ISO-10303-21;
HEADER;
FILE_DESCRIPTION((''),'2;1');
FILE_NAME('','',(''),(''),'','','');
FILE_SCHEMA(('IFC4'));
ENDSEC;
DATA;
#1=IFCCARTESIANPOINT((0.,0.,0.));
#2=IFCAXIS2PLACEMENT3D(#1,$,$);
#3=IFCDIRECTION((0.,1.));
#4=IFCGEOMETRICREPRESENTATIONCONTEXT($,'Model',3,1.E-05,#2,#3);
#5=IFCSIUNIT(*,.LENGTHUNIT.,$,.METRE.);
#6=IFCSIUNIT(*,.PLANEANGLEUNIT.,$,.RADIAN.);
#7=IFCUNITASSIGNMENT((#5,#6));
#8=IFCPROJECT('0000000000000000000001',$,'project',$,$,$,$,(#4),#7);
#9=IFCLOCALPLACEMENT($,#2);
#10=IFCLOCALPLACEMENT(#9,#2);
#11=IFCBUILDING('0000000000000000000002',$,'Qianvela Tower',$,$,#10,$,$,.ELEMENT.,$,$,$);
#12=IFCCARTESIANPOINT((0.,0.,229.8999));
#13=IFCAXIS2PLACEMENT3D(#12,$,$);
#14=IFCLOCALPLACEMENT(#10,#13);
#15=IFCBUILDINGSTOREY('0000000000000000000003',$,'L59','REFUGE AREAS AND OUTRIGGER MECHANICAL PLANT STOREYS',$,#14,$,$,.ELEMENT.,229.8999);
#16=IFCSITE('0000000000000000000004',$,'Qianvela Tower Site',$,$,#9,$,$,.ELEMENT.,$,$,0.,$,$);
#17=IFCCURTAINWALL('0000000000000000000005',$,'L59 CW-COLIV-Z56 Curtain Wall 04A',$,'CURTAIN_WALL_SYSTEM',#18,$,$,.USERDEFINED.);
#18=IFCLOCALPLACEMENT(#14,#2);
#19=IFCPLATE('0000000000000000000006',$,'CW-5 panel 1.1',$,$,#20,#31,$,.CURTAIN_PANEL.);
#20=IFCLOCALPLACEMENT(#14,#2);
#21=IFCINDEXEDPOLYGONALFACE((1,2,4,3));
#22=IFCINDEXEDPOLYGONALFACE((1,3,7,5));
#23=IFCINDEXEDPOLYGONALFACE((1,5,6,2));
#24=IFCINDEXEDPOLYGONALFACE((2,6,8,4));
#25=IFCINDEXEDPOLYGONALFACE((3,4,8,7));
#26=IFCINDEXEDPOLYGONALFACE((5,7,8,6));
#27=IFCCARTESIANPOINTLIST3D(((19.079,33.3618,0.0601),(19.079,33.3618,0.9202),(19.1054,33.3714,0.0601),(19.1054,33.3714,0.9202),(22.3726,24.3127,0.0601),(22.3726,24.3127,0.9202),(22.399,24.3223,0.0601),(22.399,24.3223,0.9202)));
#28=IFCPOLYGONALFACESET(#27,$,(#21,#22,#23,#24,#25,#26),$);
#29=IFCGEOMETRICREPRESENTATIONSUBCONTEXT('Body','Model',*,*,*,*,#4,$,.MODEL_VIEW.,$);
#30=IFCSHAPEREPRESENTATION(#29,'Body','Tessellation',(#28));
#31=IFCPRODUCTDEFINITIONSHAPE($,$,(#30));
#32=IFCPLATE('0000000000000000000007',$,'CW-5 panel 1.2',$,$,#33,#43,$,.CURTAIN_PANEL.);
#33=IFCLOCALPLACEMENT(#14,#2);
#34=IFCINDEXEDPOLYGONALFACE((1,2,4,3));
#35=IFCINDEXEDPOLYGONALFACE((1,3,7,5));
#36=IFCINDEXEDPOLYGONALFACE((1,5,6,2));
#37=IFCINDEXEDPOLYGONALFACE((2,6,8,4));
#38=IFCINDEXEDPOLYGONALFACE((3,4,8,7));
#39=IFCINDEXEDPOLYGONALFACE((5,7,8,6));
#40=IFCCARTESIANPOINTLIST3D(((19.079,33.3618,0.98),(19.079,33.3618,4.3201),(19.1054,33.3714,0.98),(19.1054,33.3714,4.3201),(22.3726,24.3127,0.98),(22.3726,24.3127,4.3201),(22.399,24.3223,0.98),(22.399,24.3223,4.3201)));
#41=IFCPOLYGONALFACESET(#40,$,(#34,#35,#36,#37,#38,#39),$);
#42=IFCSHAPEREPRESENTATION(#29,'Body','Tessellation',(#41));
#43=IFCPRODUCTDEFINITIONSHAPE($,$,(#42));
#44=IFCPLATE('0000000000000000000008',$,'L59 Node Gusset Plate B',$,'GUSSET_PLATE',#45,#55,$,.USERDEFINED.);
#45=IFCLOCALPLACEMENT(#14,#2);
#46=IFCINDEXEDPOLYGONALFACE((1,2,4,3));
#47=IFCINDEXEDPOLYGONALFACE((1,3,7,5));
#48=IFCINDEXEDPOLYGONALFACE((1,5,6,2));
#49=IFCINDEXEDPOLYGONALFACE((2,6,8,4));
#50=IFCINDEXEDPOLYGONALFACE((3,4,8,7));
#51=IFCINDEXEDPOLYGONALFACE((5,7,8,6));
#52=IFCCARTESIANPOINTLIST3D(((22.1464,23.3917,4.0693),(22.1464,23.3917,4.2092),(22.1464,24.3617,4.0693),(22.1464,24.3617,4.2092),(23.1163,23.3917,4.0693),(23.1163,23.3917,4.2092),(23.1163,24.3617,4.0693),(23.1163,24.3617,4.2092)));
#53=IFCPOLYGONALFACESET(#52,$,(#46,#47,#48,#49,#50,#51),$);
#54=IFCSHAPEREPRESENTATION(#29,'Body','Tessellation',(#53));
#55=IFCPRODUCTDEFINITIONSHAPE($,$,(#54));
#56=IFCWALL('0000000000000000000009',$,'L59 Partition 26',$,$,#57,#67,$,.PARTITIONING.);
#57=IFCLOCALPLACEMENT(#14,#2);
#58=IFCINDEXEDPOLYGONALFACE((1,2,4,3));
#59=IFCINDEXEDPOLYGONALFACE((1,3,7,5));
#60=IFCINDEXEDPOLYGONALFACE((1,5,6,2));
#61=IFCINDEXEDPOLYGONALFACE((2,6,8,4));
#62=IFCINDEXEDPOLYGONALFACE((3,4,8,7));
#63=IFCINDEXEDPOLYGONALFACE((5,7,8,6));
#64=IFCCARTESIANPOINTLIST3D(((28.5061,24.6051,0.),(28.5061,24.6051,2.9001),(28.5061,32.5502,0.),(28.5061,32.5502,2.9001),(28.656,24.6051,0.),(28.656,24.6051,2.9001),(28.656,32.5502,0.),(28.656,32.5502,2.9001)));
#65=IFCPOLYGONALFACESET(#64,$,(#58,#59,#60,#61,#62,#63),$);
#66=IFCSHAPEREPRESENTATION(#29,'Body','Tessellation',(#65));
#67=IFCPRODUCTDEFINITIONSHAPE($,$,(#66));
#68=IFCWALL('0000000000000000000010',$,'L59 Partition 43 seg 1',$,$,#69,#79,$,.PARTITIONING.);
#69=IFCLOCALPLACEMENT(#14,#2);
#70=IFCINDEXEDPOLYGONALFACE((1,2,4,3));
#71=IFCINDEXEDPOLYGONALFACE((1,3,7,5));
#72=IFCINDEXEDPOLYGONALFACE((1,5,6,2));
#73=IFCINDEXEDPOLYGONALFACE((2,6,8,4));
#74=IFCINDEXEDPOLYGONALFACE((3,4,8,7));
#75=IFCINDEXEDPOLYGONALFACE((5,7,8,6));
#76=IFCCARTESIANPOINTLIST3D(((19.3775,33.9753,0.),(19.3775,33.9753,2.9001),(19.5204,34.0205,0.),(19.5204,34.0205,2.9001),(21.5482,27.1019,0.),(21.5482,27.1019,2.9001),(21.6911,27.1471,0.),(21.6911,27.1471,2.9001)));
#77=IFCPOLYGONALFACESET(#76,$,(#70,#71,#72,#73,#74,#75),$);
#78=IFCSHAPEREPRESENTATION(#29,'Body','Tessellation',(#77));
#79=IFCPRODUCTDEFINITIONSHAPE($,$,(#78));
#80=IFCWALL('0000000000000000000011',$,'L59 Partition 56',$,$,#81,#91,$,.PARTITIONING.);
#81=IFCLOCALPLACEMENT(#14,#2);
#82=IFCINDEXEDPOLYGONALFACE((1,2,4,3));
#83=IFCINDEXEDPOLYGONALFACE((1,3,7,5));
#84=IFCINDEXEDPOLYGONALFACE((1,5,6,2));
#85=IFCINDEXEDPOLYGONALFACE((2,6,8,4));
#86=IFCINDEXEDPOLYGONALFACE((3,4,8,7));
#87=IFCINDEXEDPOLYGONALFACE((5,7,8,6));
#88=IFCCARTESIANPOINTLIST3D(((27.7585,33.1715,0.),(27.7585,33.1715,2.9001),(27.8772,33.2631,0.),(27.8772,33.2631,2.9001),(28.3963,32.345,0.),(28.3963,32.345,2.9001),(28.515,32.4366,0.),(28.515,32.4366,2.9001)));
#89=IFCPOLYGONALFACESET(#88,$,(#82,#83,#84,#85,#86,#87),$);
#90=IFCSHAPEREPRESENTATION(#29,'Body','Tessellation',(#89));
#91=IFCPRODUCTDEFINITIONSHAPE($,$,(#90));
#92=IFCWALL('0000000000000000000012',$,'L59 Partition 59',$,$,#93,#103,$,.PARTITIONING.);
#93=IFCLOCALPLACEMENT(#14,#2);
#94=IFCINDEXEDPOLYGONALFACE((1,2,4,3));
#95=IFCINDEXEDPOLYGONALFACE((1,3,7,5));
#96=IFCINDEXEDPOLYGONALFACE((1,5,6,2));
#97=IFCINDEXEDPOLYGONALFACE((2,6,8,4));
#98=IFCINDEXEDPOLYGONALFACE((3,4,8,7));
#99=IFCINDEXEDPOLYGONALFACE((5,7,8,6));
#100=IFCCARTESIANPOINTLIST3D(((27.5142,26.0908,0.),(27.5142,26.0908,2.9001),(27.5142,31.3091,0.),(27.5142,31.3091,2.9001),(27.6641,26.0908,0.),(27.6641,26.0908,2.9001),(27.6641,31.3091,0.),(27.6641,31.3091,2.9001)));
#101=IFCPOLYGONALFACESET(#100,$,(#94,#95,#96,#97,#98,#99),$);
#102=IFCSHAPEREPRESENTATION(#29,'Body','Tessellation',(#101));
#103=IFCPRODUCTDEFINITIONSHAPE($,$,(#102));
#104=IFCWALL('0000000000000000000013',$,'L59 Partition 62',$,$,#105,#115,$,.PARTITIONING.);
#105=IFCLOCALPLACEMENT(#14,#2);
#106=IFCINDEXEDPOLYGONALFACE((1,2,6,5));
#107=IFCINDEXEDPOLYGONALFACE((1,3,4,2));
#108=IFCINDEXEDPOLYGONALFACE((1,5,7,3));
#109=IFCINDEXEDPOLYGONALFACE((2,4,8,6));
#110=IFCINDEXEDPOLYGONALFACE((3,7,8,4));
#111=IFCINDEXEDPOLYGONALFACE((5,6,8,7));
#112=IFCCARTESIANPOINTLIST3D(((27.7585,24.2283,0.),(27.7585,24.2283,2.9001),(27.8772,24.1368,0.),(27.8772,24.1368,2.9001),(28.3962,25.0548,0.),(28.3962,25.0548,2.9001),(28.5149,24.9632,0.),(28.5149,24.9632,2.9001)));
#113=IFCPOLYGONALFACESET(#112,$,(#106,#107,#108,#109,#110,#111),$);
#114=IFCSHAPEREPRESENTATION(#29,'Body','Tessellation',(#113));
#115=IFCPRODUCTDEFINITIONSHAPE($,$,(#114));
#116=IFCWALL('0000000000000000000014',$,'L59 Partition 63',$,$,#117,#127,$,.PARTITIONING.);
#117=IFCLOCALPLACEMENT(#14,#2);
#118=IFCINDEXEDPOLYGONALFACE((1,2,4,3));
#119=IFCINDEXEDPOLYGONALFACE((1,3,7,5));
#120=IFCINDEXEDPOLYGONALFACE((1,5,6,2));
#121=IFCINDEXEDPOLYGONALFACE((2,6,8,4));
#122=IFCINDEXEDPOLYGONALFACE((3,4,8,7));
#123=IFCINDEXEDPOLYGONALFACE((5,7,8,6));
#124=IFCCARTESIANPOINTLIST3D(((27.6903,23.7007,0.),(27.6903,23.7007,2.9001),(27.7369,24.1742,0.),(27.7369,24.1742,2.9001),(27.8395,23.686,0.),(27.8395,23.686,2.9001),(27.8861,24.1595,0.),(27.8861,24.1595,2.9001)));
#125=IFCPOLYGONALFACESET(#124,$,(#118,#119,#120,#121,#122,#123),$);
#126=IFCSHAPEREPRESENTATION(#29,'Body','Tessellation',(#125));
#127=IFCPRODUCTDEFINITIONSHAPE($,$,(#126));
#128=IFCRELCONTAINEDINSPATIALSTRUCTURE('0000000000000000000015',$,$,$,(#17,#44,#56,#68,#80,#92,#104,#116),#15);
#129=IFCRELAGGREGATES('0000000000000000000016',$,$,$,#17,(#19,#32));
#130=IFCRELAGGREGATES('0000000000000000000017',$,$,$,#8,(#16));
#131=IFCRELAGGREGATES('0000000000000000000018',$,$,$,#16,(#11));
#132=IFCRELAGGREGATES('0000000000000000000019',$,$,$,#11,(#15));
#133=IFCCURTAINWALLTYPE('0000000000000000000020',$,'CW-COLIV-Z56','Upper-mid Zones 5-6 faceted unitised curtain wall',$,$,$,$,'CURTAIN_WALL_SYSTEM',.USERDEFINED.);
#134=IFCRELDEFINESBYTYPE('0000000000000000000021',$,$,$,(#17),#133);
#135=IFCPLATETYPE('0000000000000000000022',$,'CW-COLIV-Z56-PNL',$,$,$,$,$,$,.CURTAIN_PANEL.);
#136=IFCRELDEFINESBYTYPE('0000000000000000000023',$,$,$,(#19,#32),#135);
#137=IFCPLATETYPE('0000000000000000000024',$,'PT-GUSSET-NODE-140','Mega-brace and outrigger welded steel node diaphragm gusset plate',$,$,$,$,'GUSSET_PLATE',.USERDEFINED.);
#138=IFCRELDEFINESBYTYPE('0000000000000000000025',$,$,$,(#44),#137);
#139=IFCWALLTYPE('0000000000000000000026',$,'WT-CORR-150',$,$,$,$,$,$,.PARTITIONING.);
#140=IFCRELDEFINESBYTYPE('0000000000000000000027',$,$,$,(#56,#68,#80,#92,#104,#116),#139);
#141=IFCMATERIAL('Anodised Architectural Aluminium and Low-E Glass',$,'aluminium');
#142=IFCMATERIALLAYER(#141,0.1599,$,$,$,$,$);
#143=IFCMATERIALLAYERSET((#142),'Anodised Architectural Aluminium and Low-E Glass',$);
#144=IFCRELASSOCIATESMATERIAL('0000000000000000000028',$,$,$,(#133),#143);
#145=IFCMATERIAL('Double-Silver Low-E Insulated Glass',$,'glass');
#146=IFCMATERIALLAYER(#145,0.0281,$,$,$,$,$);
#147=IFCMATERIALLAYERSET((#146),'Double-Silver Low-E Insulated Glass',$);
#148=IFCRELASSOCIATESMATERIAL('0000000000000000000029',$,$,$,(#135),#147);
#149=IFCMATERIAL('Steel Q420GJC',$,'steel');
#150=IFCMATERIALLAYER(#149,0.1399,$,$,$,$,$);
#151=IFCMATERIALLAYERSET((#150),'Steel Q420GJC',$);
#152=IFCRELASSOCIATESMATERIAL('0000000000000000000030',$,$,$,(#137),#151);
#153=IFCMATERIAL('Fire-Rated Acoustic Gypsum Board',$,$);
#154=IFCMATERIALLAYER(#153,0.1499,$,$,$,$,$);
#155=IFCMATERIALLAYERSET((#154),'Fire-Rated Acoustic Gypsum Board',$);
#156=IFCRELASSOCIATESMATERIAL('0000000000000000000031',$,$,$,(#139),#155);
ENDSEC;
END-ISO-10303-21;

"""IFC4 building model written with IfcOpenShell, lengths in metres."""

from ifc_helpers import new_model, si_unit, direction, frame, frame_2d, origin, origin_2d, place, context, subcontext, project, spatial, rectangle, extrude, material, layer, layer_set, type_object, element, aggregate, save


model = new_model("IFC4")

# Units and contexts
model_context = context("Model", 3, precision=1e-05, world=origin(), true_north=direction((0.0, 1.0)))
body_context = subcontext(model_context, "Body", "Model", "MODEL_VIEW")
ifc_project = project(units=[si_unit("LENGTHUNIT", "METRE"), si_unit("PLANEANGLEUNIT", "RADIAN")], contexts=[model_context])

# Site, building, storey
site_placement = place(None, origin())
site = spatial("IfcSite", under=ifc_project, at=site_placement, Name="Qianvela Tower Site", CompositionType="ELEMENT", RefElevation=0.0)
building_placement = place(site_placement, origin())
building = spatial("IfcBuilding", under=site, at=building_placement, Name="Qianvela Tower", CompositionType="ELEMENT")
storey_placement = place(building_placement, frame((0.0, 0.0, 229.8999)))
storey = spatial("IfcBuildingStorey", under=building, at=storey_placement, Name="L59", Description="REFUGE AREAS AND OUTRIGGER MECHANICAL PLANT STOREYS", CompositionType="ELEMENT", Elevation=229.8999)

# Curtain wall, plates
ifc_material_1 = material(Name="Anodised Architectural Aluminium and Low-E Glass", Category="aluminium")
ifc_layer_1 = layer(ifc_material_1, 0.1599)
ifc_layer_set_1 = layer_set([ifc_layer_1], Name="Anodised Architectural Aluminium and Low-E Glass")
curtain_wall_type_1 = type_object("IfcCurtainWallType", Name="CW-COLIV-Z56", Description="Upper-mid Zones 5-6 faceted unitised curtain wall", ElementType="CURTAIN_WALL_SYSTEM", PredefinedType="USERDEFINED", material=ifc_layer_set_1)
curtain_wall_1_placement = place(storey_placement, origin())
curtain_wall_1 = element("IfcCurtainWall", 1, at=curtain_wall_1_placement, inside=storey, type_object=curtain_wall_type_1, Name="L59 CW-COLIV-Z56 Curtain Wall 04A", ObjectType="CURTAIN_WALL_SYSTEM", PredefinedType="USERDEFINED")
ifc_material_2 = material(Name="Double-Silver Low-E Insulated Glass", Category="glass")
ifc_layer_2 = layer(ifc_material_2, 0.0281)
ifc_layer_set_2 = layer_set([ifc_layer_2], Name="Double-Silver Low-E Insulated Glass")
plate_type_1 = type_object("IfcPlateType", Name="CW-COLIV-Z56-PNL", PredefinedType="CURTAIN_PANEL", material=ifc_layer_set_2)
plate_1_placement = place(storey_placement, frame((20.739, 28.842, 0.0601), z_axis=(0.0, 0.0, 1.0), x_axis=(0.342019, -0.939693, 0.0)))
plate_1 = element("IfcPlate", 2, at=plate_1_placement, type_object=plate_type_1, Name="CW-5 panel 1.1", PredefinedType="CURTAIN_PANEL", context=body_context, shape_type="SweptSolid", body=[
    extrude(rectangle(XDim=9.6299, YDim=0.0281, at=origin_2d()), origin(), (0.0, 0.0, 1.0), 0.8601),
])
plate_2_placement = place(storey_placement, frame((20.739, 28.842, 0.98), z_axis=(0.0, 0.0, 1.0), x_axis=(0.342019, -0.939693, 0.0)))
plate_2 = element("IfcPlate", 3, at=plate_2_placement, type_object=plate_type_1, Name="CW-5 panel 1.2", PredefinedType="CURTAIN_PANEL", context=body_context, shape_type="SweptSolid", body=[
    extrude(rectangle(XDim=9.6299, YDim=0.0281, at=origin_2d()), origin(), (0.0, 0.0, 1.0), 3.3401),
])
aggregate(curtain_wall_1, [plate_1, plate_2])

# Plate
ifc_material_3 = material(Name="Steel Q420GJC", Category="steel")
ifc_layer_3 = layer(ifc_material_3, 0.1399)
ifc_layer_set_3 = layer_set([ifc_layer_3], Name="Steel Q420GJC")
plate_type_2 = type_object("IfcPlateType", Name="PT-GUSSET-NODE-140", Description="Mega-brace and outrigger welded steel node diaphragm gusset plate", ElementType="GUSSET_PLATE", PredefinedType="USERDEFINED", material=ifc_layer_set_3)
plate_3_placement = place(storey_placement, frame((22.6313, 23.8767, 4.0693), z_axis=(0.0, 0.0, 1.0), x_axis=(1.0, 0.0, 0.0)))
element("IfcPlate", 4, at=plate_3_placement, inside=storey, type_object=plate_type_2, Name="L59 Node Gusset Plate B", ObjectType="GUSSET_PLATE", PredefinedType="USERDEFINED", context=body_context, shape_type="SweptSolid", body=[
    extrude(rectangle(XDim=0.97, YDim=0.97, at=origin_2d()), origin(), (0.0, 0.0, 1.0), 0.1399),
])

# Walls
ifc_material_4 = material(Name="Fire-Rated Acoustic Gypsum Board")
ifc_layer_4 = layer(ifc_material_4, 0.1499)
ifc_layer_set_4 = layer_set([ifc_layer_4], Name="Fire-Rated Acoustic Gypsum Board")
wall_type = type_object("IfcWallType", Name="WT-CORR-150", PredefinedType="PARTITIONING", material=ifc_layer_set_4)
wall_1_placement = place(storey_placement, frame((28.5811, 24.605, 0.0), z_axis=(0.0, 0.0, 1.0), x_axis=(0.0, 1.0, 0.0)))
element("IfcWall", 5, at=wall_1_placement, inside=storey, type_object=wall_type, Name="L59 Partition 26", PredefinedType="PARTITIONING", context=body_context, shape_type="SweptSolid", body=[
    extrude(rectangle(XDim=7.9451, YDim=0.1499, at=frame_2d((3.9727, 0.0))), origin(), (0.0, 0.0, 1.0), 2.9001),
])
wall_2_placement = place(storey_placement, frame((21.6196, 27.1245, 0.0), z_axis=(0.0, 0.0, 1.0), x_axis=(-0.301149, 0.953577, 0.0)))
element("IfcWall", 6, at=wall_2_placement, inside=storey, type_object=wall_type, Name="L59 Partition 43 seg 1", PredefinedType="PARTITIONING", context=body_context, shape_type="SweptSolid", body=[
    extrude(rectangle(XDim=7.208, YDim=0.1499, at=frame_2d((3.604, 0.0))), origin(), (0.0, 0.0, 1.0), 2.9001),
])
wall_3_placement = place(storey_placement, frame((27.8179, 33.2173, 0.0), z_axis=(0.0, 0.0, 1.0), x_axis=(0.610908, -0.791701, 0.0)))
element("IfcWall", 7, at=wall_3_placement, inside=storey, type_object=wall_type, Name="L59 Partition 56", PredefinedType="PARTITIONING", context=body_context, shape_type="SweptSolid", body=[
    extrude(rectangle(XDim=1.0439, YDim=0.1499, at=frame_2d((0.522, 0.0))), origin(), (0.0, 0.0, 1.0), 2.9001),
])
wall_4_placement = place(storey_placement, frame((27.5891, 31.3091, 0.0), z_axis=(0.0, 0.0, 1.0), x_axis=(0.0, -1.0, 0.0)))
element("IfcWall", 8, at=wall_4_placement, inside=storey, type_object=wall_type, Name="L59 Partition 59", PredefinedType="PARTITIONING", context=body_context, shape_type="SweptSolid", body=[
    extrude(rectangle(XDim=5.2183, YDim=0.1499, at=frame_2d((2.6091, 0.0))), origin(), (0.0, 0.0, 1.0), 2.9001),
])
wall_5_placement = place(storey_placement, frame((28.4556, 25.009, 0.0), z_axis=(0.0, 0.0, 1.0), x_axis=(-0.610908, -0.791701, 0.0)))
element("IfcWall", 9, at=wall_5_placement, inside=storey, type_object=wall_type, Name="L59 Partition 62", PredefinedType="PARTITIONING", context=body_context, shape_type="SweptSolid", body=[
    extrude(rectangle(XDim=1.0439, YDim=0.1499, at=frame_2d((0.522, 0.0))), origin(), (0.0, 0.0, 1.0), 2.9001),
])
wall_6_placement = place(storey_placement, frame((27.8115, 24.1667, 0.0), z_axis=(0.0, 0.0, 1.0), x_axis=(-0.09798, -0.995188, 0.0)))
element("IfcWall", 10, at=wall_6_placement, inside=storey, type_object=wall_type, Name="L59 Partition 63", PredefinedType="PARTITIONING", context=body_context, shape_type="SweptSolid", body=[
    extrude(rectangle(XDim=0.4758, YDim=0.1499, at=frame_2d((0.2378, 0.0))), origin(), (0.0, 0.0, 1.0), 2.9001),
])

save(model, "model.ifc")
